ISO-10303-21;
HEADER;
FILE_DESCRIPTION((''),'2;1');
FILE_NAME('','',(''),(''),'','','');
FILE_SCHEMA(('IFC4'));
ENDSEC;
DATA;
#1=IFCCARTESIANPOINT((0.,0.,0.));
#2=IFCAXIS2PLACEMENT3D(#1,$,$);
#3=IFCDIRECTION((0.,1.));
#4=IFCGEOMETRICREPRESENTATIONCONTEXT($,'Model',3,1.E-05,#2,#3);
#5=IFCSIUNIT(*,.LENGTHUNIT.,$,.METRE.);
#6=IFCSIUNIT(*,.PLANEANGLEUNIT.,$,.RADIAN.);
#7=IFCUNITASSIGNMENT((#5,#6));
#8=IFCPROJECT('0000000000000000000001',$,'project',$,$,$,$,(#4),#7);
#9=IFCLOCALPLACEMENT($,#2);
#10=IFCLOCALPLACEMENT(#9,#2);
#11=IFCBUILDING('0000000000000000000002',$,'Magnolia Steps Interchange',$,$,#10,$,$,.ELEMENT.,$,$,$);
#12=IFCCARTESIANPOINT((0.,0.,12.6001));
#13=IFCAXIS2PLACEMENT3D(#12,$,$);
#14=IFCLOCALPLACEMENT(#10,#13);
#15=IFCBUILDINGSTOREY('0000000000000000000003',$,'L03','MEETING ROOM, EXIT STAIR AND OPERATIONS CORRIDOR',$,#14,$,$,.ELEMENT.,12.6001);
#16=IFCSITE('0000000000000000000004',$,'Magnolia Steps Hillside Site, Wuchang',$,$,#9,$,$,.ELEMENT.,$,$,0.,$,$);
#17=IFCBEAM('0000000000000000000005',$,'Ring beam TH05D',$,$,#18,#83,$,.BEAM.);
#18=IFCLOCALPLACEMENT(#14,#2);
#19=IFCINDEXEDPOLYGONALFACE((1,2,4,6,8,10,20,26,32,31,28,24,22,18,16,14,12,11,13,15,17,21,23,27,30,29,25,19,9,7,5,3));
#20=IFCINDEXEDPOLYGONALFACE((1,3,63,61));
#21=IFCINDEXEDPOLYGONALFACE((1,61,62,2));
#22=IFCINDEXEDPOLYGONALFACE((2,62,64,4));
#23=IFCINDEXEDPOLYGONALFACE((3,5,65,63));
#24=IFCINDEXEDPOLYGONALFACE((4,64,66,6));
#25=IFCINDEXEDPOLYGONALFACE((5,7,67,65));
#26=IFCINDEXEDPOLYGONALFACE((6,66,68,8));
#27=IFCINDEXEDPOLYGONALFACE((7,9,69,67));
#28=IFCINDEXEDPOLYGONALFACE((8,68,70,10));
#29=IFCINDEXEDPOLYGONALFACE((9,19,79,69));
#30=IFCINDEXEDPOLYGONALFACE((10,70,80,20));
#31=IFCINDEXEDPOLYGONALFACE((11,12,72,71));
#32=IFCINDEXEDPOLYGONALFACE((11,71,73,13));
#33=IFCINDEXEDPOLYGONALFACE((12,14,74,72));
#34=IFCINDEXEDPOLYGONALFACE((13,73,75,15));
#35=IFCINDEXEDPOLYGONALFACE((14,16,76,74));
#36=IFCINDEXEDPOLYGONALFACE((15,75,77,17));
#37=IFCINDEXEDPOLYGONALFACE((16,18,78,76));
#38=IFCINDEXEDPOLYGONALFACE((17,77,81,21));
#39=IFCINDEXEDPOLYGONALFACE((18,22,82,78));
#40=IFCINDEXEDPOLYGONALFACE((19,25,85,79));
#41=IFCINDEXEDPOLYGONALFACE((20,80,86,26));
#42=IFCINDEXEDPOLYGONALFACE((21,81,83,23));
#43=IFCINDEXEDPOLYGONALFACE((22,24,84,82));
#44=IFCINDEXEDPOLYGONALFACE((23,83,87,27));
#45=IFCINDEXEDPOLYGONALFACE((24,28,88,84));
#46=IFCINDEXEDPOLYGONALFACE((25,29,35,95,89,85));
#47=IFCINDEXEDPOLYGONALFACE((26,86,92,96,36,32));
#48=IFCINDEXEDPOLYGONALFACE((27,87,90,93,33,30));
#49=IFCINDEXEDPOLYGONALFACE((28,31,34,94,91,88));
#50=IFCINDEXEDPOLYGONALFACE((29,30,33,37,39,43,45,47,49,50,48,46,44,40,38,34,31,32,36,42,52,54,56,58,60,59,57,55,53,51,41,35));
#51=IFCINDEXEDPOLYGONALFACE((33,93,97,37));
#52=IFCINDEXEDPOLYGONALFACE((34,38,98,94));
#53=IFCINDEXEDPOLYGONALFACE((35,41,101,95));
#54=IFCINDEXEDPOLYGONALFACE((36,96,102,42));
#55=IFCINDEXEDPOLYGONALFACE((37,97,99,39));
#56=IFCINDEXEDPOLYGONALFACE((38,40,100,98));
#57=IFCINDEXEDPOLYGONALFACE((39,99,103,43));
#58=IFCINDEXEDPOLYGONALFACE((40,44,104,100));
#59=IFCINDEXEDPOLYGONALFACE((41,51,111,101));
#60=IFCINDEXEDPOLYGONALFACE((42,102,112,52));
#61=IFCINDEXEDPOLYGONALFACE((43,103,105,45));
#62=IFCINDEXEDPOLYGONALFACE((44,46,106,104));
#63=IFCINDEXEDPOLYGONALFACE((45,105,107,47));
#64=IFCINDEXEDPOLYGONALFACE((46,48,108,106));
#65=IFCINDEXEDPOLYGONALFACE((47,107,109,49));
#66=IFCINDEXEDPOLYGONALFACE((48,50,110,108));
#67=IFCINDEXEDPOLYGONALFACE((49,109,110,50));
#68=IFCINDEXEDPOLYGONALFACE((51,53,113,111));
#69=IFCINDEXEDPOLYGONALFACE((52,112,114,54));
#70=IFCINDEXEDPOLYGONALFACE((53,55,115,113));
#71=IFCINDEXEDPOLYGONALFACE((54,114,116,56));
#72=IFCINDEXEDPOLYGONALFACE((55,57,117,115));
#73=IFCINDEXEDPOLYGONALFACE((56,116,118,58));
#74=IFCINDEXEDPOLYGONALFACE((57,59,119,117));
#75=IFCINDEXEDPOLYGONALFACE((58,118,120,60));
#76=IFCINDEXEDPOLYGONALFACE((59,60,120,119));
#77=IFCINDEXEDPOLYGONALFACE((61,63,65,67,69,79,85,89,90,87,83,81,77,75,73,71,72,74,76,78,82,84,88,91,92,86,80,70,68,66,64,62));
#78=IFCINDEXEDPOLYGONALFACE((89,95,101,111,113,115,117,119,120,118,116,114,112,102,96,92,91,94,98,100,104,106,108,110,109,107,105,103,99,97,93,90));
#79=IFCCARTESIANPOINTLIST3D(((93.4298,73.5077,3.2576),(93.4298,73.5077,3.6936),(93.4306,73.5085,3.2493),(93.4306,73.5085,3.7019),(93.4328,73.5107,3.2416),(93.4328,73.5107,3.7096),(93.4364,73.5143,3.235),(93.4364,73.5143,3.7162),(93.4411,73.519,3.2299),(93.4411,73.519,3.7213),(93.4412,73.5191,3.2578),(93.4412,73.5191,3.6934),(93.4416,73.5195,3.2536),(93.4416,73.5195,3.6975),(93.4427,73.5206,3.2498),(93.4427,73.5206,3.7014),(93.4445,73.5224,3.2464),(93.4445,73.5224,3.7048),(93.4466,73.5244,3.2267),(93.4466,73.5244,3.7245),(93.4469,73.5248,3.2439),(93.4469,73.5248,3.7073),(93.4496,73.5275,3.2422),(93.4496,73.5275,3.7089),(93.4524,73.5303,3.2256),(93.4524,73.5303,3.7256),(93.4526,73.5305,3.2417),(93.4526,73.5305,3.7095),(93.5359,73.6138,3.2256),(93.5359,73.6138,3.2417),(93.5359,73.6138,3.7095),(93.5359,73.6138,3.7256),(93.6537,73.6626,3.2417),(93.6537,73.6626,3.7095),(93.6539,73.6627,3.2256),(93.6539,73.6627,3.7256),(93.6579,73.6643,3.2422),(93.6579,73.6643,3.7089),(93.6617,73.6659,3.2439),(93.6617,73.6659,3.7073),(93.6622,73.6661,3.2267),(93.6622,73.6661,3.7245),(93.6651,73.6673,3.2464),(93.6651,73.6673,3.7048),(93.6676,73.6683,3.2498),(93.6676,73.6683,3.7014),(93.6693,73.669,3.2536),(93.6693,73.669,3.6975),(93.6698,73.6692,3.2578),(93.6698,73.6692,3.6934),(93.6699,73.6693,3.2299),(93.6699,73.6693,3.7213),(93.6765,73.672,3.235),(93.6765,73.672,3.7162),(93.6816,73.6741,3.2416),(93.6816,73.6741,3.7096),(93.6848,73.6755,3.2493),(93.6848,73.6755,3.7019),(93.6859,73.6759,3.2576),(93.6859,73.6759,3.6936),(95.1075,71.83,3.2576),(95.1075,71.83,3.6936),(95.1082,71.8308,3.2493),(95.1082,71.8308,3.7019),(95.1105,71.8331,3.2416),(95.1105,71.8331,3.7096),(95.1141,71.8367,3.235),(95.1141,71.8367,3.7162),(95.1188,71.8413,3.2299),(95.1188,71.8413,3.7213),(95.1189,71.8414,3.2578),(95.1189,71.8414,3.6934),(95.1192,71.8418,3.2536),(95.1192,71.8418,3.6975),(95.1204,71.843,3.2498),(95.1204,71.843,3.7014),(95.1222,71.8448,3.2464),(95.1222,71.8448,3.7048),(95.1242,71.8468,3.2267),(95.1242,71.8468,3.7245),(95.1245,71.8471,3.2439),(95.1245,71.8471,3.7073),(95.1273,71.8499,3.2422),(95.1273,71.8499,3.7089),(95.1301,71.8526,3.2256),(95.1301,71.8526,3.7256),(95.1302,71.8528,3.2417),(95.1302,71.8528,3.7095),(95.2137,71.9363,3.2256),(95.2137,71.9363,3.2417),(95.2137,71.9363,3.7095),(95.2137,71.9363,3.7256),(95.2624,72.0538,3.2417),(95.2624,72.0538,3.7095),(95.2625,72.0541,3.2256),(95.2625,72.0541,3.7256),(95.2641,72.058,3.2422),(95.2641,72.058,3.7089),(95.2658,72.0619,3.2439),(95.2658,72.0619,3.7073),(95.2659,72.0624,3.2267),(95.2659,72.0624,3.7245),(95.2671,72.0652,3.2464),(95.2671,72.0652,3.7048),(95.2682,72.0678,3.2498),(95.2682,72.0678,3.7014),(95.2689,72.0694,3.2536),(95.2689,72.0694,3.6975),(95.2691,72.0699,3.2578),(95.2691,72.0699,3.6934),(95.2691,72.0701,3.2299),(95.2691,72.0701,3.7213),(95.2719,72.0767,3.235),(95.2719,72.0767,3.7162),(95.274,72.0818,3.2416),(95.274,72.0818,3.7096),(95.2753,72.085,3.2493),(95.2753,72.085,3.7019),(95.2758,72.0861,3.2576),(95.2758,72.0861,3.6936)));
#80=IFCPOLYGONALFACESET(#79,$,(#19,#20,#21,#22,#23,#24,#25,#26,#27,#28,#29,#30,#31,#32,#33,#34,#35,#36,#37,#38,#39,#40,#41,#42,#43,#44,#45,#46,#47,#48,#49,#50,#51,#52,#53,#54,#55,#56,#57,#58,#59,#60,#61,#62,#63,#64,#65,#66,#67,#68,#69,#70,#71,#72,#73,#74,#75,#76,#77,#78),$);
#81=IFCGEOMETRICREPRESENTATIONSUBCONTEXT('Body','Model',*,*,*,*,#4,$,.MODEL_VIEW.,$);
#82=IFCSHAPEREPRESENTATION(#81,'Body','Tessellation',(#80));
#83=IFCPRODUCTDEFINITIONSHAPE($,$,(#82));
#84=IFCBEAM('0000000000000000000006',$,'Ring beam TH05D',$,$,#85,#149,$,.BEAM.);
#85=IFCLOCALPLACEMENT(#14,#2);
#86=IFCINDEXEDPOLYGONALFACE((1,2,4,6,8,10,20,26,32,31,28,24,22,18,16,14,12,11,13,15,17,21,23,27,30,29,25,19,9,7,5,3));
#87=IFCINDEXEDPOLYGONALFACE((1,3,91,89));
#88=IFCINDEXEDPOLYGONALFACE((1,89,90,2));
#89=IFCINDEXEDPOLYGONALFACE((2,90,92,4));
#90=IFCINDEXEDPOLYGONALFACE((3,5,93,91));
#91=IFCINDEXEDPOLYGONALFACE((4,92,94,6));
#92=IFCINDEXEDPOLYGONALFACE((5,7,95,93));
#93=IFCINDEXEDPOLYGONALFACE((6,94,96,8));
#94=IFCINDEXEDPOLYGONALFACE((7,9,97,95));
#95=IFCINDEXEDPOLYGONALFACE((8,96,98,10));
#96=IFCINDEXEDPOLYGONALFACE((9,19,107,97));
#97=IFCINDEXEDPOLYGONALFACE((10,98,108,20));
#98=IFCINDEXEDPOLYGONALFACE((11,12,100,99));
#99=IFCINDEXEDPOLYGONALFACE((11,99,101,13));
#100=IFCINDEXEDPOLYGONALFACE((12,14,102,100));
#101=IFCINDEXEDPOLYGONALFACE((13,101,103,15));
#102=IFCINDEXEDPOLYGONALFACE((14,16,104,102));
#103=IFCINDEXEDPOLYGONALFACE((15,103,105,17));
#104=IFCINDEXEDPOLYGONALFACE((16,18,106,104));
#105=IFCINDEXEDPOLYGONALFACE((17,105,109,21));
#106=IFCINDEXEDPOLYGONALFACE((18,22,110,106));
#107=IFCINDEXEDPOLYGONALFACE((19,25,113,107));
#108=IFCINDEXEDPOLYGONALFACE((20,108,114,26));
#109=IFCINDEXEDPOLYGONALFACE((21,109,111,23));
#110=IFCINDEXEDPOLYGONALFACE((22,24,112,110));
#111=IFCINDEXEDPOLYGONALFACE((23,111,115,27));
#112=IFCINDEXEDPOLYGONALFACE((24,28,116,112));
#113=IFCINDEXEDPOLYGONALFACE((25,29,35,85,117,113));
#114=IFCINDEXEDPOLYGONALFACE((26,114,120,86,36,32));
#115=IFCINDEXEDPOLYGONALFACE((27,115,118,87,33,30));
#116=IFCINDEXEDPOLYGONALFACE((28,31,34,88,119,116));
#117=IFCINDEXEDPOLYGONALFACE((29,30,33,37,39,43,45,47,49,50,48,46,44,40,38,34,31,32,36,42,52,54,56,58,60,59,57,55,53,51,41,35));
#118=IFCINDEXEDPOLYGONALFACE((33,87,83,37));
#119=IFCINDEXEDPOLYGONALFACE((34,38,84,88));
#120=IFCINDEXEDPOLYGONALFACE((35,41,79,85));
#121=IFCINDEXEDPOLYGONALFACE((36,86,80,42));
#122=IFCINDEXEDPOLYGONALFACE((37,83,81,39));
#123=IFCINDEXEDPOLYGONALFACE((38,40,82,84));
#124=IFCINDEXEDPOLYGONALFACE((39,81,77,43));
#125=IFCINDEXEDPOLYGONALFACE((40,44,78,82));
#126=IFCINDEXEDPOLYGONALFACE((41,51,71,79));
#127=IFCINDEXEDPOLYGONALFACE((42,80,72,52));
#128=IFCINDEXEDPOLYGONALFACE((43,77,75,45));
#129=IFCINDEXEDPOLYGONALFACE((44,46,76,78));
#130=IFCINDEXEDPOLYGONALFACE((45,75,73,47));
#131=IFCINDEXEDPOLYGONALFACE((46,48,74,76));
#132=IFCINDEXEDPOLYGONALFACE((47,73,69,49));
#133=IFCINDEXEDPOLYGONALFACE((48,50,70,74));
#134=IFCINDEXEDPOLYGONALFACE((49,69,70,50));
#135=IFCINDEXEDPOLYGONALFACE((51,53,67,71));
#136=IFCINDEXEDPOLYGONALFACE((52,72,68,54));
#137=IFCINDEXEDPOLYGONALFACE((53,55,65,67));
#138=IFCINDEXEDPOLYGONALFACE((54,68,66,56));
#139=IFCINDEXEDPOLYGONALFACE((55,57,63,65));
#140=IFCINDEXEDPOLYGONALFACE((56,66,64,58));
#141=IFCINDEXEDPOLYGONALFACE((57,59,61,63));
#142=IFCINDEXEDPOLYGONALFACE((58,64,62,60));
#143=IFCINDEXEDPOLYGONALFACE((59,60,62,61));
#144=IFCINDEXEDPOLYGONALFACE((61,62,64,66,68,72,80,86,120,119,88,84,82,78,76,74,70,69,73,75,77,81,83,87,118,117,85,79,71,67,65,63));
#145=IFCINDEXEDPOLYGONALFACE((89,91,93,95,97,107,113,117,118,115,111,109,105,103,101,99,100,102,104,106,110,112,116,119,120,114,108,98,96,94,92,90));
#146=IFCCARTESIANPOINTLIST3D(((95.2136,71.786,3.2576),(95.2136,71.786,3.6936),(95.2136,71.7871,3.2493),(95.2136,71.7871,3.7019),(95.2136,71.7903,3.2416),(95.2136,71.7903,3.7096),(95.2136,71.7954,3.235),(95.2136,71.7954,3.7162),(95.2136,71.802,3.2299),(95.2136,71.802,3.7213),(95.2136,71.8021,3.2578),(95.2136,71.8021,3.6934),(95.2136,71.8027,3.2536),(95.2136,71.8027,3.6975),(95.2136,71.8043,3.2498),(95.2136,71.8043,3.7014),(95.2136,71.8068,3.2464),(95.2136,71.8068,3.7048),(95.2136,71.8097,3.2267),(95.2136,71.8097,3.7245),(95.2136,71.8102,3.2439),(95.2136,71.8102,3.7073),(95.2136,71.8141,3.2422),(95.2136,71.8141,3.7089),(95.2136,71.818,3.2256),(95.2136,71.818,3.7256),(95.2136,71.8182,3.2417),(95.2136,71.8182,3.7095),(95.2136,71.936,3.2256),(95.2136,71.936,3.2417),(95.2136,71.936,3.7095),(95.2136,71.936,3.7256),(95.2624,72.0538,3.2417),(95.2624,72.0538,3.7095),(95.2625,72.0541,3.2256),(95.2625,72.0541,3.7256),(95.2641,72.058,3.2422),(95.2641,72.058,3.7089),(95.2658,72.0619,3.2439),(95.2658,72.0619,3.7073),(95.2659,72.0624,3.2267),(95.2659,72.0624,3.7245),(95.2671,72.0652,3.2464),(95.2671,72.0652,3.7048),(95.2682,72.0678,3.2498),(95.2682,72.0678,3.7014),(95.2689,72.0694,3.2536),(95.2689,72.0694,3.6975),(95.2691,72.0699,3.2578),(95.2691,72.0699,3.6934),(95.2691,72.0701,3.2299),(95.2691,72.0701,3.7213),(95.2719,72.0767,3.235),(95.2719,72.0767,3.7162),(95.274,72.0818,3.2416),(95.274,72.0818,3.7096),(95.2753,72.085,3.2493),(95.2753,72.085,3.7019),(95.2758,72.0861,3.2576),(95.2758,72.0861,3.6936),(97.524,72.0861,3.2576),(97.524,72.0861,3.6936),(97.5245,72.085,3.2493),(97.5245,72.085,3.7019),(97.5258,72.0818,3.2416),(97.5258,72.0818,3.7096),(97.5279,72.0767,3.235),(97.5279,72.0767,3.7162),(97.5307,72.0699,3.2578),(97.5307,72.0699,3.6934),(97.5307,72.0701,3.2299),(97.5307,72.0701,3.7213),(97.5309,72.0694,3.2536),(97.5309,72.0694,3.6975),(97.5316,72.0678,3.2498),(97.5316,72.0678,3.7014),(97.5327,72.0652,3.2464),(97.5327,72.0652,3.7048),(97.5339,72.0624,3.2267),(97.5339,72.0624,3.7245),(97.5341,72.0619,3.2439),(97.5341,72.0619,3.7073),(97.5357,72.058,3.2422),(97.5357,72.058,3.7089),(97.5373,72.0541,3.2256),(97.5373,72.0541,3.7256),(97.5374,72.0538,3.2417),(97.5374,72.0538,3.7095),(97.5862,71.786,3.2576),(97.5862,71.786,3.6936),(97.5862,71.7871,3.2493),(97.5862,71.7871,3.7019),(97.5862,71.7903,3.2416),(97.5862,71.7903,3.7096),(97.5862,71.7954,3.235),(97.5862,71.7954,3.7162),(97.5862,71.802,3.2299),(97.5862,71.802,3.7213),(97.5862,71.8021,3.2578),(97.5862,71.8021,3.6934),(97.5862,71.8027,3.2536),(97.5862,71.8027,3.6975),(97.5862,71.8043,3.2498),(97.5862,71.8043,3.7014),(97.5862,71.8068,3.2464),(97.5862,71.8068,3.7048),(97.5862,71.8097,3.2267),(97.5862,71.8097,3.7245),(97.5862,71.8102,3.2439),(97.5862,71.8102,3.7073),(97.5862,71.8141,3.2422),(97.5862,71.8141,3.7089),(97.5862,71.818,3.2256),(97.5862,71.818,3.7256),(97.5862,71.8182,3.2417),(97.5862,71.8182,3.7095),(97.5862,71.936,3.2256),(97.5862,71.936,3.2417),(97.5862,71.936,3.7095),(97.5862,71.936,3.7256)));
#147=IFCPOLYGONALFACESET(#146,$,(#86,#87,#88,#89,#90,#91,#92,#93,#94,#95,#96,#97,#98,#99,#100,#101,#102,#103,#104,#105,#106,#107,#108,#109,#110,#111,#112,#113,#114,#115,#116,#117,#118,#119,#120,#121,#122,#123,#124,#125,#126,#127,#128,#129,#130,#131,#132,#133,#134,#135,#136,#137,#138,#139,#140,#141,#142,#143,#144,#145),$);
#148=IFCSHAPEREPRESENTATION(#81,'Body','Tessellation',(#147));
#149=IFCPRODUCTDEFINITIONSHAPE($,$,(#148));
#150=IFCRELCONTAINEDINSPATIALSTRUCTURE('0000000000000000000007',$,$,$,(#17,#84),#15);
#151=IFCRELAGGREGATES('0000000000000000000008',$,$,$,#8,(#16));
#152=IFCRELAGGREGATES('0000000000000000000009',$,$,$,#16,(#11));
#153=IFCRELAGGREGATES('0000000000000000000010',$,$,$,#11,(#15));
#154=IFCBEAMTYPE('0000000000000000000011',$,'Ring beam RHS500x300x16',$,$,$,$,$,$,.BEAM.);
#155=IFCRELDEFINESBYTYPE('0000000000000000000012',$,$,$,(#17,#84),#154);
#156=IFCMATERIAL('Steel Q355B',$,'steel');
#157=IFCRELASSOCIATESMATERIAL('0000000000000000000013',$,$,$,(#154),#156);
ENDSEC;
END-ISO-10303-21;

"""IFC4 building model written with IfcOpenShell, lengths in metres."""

from ifc_helpers import new_model, si_unit, direction, frame, origin, origin_2d, place, context, subcontext, project, spatial, hollow_rectangle, extrude, clip, halfspace, material, material_profile, profile_set, type_object, element, save


model = new_model("IFC4")

# Units and contexts
model_context = context("Model", 3, precision=1e-05, world=origin(), true_north=direction((0.0, 1.0)))
body_context = subcontext(model_context, "Body", "Model", "MODEL_VIEW")
ifc_project = project(units=[si_unit("LENGTHUNIT", "METRE"), si_unit("PLANEANGLEUNIT", "RADIAN")], contexts=[model_context])

# Site, building, storey
site_placement = place(None, origin())
site = spatial("IfcSite", under=ifc_project, at=site_placement, Name="Magnolia Steps Hillside Site, Wuchang", CompositionType="ELEMENT", RefElevation=0.0)
building_placement = place(site_placement, origin())
building = spatial("IfcBuilding", under=site, at=building_placement, Name="Magnolia Steps Interchange", CompositionType="ELEMENT")
storey_placement = place(building_placement, frame((0.0, 0.0, 12.6001)))
storey = spatial("IfcBuildingStorey", under=building, at=storey_placement, Name="L03", Description="MEETING ROOM, EXIT STAIR AND OPERATIONS CORRIDOR", CompositionType="ELEMENT", Elevation=12.6001)

# Beams
ifc_material_1 = material(Name="Steel Q355B", Category="steel")
ifc_material_profile_1 = material_profile(ifc_material_1, hollow_rectangle(XDim=0.3, YDim=0.5, WallThickness=0.0161, InnerFilletRadius=0.0161, OuterFilletRadius=0.032, at=origin_2d()), Name="RHS500x300x16")
ifc_profile_set_1 = profile_set([ifc_material_profile_1], Name="Steel Q355B")
beam_type_1 = type_object("IfcBeamType", Name="Ring beam RHS500x300x16", PredefinedType="BEAM", material=ifc_profile_set_1)
beam_1_placement = place(storey_placement, frame((93.5359, 73.6138, 3.4756), z_axis=(0.707107, -0.707107, 0.0), x_axis=(0.707107, 0.707107, 0.0)))
element("IfcBeam", 1, at=beam_1_placement, inside=storey, type_object=beam_type_1, Name="Ring beam TH05D", PredefinedType="BEAM", context=body_context, shape_type="Clipping", body=[
    clip(clip(extrude(hollow_rectangle(XDim=0.3, YDim=0.5, WallThickness=0.0161, InnerFilletRadius=0.0161, OuterFilletRadius=0.032, at=origin_2d()), origin(), (0.0, 0.0, 1.0), 2.3726), halfspace(frame((0.0, 0.0, 0.0), z_axis=(0.382683, 0.0, -0.92388), x_axis=(0.92388, 0.0, 0.382683)), False)), halfspace(frame((0.0, 0.0, 2.3727), z_axis=(0.382683, 0.0, 0.92388), x_axis=(0.92388, 0.0, -0.382683)), False)),
])
beam_2_placement = place(storey_placement, frame((95.2136, 71.936, 3.4756), z_axis=(1.0, 0.0, 0.0), x_axis=(0.0, 1.0, 0.0)))
element("IfcBeam", 2, at=beam_2_placement, inside=storey, type_object=beam_type_1, Name="Ring beam TH05D", PredefinedType="BEAM", context=body_context, shape_type="Clipping", body=[
    clip(clip(extrude(hollow_rectangle(XDim=0.3, YDim=0.5, WallThickness=0.0161, InnerFilletRadius=0.0161, OuterFilletRadius=0.032, at=origin_2d()), origin(), (0.0, 0.0, 1.0), 2.3726), halfspace(frame((0.0, 0.0, 0.0), z_axis=(0.382683, 0.0, -0.92388), x_axis=(0.92388, 0.0, 0.382683)), False)), halfspace(frame((0.0, 0.0, 2.3726), z_axis=(0.382683, 0.0, 0.92388), x_axis=(0.92388, 0.0, -0.382683)), False)),
])

save(model, "model.ifc")
